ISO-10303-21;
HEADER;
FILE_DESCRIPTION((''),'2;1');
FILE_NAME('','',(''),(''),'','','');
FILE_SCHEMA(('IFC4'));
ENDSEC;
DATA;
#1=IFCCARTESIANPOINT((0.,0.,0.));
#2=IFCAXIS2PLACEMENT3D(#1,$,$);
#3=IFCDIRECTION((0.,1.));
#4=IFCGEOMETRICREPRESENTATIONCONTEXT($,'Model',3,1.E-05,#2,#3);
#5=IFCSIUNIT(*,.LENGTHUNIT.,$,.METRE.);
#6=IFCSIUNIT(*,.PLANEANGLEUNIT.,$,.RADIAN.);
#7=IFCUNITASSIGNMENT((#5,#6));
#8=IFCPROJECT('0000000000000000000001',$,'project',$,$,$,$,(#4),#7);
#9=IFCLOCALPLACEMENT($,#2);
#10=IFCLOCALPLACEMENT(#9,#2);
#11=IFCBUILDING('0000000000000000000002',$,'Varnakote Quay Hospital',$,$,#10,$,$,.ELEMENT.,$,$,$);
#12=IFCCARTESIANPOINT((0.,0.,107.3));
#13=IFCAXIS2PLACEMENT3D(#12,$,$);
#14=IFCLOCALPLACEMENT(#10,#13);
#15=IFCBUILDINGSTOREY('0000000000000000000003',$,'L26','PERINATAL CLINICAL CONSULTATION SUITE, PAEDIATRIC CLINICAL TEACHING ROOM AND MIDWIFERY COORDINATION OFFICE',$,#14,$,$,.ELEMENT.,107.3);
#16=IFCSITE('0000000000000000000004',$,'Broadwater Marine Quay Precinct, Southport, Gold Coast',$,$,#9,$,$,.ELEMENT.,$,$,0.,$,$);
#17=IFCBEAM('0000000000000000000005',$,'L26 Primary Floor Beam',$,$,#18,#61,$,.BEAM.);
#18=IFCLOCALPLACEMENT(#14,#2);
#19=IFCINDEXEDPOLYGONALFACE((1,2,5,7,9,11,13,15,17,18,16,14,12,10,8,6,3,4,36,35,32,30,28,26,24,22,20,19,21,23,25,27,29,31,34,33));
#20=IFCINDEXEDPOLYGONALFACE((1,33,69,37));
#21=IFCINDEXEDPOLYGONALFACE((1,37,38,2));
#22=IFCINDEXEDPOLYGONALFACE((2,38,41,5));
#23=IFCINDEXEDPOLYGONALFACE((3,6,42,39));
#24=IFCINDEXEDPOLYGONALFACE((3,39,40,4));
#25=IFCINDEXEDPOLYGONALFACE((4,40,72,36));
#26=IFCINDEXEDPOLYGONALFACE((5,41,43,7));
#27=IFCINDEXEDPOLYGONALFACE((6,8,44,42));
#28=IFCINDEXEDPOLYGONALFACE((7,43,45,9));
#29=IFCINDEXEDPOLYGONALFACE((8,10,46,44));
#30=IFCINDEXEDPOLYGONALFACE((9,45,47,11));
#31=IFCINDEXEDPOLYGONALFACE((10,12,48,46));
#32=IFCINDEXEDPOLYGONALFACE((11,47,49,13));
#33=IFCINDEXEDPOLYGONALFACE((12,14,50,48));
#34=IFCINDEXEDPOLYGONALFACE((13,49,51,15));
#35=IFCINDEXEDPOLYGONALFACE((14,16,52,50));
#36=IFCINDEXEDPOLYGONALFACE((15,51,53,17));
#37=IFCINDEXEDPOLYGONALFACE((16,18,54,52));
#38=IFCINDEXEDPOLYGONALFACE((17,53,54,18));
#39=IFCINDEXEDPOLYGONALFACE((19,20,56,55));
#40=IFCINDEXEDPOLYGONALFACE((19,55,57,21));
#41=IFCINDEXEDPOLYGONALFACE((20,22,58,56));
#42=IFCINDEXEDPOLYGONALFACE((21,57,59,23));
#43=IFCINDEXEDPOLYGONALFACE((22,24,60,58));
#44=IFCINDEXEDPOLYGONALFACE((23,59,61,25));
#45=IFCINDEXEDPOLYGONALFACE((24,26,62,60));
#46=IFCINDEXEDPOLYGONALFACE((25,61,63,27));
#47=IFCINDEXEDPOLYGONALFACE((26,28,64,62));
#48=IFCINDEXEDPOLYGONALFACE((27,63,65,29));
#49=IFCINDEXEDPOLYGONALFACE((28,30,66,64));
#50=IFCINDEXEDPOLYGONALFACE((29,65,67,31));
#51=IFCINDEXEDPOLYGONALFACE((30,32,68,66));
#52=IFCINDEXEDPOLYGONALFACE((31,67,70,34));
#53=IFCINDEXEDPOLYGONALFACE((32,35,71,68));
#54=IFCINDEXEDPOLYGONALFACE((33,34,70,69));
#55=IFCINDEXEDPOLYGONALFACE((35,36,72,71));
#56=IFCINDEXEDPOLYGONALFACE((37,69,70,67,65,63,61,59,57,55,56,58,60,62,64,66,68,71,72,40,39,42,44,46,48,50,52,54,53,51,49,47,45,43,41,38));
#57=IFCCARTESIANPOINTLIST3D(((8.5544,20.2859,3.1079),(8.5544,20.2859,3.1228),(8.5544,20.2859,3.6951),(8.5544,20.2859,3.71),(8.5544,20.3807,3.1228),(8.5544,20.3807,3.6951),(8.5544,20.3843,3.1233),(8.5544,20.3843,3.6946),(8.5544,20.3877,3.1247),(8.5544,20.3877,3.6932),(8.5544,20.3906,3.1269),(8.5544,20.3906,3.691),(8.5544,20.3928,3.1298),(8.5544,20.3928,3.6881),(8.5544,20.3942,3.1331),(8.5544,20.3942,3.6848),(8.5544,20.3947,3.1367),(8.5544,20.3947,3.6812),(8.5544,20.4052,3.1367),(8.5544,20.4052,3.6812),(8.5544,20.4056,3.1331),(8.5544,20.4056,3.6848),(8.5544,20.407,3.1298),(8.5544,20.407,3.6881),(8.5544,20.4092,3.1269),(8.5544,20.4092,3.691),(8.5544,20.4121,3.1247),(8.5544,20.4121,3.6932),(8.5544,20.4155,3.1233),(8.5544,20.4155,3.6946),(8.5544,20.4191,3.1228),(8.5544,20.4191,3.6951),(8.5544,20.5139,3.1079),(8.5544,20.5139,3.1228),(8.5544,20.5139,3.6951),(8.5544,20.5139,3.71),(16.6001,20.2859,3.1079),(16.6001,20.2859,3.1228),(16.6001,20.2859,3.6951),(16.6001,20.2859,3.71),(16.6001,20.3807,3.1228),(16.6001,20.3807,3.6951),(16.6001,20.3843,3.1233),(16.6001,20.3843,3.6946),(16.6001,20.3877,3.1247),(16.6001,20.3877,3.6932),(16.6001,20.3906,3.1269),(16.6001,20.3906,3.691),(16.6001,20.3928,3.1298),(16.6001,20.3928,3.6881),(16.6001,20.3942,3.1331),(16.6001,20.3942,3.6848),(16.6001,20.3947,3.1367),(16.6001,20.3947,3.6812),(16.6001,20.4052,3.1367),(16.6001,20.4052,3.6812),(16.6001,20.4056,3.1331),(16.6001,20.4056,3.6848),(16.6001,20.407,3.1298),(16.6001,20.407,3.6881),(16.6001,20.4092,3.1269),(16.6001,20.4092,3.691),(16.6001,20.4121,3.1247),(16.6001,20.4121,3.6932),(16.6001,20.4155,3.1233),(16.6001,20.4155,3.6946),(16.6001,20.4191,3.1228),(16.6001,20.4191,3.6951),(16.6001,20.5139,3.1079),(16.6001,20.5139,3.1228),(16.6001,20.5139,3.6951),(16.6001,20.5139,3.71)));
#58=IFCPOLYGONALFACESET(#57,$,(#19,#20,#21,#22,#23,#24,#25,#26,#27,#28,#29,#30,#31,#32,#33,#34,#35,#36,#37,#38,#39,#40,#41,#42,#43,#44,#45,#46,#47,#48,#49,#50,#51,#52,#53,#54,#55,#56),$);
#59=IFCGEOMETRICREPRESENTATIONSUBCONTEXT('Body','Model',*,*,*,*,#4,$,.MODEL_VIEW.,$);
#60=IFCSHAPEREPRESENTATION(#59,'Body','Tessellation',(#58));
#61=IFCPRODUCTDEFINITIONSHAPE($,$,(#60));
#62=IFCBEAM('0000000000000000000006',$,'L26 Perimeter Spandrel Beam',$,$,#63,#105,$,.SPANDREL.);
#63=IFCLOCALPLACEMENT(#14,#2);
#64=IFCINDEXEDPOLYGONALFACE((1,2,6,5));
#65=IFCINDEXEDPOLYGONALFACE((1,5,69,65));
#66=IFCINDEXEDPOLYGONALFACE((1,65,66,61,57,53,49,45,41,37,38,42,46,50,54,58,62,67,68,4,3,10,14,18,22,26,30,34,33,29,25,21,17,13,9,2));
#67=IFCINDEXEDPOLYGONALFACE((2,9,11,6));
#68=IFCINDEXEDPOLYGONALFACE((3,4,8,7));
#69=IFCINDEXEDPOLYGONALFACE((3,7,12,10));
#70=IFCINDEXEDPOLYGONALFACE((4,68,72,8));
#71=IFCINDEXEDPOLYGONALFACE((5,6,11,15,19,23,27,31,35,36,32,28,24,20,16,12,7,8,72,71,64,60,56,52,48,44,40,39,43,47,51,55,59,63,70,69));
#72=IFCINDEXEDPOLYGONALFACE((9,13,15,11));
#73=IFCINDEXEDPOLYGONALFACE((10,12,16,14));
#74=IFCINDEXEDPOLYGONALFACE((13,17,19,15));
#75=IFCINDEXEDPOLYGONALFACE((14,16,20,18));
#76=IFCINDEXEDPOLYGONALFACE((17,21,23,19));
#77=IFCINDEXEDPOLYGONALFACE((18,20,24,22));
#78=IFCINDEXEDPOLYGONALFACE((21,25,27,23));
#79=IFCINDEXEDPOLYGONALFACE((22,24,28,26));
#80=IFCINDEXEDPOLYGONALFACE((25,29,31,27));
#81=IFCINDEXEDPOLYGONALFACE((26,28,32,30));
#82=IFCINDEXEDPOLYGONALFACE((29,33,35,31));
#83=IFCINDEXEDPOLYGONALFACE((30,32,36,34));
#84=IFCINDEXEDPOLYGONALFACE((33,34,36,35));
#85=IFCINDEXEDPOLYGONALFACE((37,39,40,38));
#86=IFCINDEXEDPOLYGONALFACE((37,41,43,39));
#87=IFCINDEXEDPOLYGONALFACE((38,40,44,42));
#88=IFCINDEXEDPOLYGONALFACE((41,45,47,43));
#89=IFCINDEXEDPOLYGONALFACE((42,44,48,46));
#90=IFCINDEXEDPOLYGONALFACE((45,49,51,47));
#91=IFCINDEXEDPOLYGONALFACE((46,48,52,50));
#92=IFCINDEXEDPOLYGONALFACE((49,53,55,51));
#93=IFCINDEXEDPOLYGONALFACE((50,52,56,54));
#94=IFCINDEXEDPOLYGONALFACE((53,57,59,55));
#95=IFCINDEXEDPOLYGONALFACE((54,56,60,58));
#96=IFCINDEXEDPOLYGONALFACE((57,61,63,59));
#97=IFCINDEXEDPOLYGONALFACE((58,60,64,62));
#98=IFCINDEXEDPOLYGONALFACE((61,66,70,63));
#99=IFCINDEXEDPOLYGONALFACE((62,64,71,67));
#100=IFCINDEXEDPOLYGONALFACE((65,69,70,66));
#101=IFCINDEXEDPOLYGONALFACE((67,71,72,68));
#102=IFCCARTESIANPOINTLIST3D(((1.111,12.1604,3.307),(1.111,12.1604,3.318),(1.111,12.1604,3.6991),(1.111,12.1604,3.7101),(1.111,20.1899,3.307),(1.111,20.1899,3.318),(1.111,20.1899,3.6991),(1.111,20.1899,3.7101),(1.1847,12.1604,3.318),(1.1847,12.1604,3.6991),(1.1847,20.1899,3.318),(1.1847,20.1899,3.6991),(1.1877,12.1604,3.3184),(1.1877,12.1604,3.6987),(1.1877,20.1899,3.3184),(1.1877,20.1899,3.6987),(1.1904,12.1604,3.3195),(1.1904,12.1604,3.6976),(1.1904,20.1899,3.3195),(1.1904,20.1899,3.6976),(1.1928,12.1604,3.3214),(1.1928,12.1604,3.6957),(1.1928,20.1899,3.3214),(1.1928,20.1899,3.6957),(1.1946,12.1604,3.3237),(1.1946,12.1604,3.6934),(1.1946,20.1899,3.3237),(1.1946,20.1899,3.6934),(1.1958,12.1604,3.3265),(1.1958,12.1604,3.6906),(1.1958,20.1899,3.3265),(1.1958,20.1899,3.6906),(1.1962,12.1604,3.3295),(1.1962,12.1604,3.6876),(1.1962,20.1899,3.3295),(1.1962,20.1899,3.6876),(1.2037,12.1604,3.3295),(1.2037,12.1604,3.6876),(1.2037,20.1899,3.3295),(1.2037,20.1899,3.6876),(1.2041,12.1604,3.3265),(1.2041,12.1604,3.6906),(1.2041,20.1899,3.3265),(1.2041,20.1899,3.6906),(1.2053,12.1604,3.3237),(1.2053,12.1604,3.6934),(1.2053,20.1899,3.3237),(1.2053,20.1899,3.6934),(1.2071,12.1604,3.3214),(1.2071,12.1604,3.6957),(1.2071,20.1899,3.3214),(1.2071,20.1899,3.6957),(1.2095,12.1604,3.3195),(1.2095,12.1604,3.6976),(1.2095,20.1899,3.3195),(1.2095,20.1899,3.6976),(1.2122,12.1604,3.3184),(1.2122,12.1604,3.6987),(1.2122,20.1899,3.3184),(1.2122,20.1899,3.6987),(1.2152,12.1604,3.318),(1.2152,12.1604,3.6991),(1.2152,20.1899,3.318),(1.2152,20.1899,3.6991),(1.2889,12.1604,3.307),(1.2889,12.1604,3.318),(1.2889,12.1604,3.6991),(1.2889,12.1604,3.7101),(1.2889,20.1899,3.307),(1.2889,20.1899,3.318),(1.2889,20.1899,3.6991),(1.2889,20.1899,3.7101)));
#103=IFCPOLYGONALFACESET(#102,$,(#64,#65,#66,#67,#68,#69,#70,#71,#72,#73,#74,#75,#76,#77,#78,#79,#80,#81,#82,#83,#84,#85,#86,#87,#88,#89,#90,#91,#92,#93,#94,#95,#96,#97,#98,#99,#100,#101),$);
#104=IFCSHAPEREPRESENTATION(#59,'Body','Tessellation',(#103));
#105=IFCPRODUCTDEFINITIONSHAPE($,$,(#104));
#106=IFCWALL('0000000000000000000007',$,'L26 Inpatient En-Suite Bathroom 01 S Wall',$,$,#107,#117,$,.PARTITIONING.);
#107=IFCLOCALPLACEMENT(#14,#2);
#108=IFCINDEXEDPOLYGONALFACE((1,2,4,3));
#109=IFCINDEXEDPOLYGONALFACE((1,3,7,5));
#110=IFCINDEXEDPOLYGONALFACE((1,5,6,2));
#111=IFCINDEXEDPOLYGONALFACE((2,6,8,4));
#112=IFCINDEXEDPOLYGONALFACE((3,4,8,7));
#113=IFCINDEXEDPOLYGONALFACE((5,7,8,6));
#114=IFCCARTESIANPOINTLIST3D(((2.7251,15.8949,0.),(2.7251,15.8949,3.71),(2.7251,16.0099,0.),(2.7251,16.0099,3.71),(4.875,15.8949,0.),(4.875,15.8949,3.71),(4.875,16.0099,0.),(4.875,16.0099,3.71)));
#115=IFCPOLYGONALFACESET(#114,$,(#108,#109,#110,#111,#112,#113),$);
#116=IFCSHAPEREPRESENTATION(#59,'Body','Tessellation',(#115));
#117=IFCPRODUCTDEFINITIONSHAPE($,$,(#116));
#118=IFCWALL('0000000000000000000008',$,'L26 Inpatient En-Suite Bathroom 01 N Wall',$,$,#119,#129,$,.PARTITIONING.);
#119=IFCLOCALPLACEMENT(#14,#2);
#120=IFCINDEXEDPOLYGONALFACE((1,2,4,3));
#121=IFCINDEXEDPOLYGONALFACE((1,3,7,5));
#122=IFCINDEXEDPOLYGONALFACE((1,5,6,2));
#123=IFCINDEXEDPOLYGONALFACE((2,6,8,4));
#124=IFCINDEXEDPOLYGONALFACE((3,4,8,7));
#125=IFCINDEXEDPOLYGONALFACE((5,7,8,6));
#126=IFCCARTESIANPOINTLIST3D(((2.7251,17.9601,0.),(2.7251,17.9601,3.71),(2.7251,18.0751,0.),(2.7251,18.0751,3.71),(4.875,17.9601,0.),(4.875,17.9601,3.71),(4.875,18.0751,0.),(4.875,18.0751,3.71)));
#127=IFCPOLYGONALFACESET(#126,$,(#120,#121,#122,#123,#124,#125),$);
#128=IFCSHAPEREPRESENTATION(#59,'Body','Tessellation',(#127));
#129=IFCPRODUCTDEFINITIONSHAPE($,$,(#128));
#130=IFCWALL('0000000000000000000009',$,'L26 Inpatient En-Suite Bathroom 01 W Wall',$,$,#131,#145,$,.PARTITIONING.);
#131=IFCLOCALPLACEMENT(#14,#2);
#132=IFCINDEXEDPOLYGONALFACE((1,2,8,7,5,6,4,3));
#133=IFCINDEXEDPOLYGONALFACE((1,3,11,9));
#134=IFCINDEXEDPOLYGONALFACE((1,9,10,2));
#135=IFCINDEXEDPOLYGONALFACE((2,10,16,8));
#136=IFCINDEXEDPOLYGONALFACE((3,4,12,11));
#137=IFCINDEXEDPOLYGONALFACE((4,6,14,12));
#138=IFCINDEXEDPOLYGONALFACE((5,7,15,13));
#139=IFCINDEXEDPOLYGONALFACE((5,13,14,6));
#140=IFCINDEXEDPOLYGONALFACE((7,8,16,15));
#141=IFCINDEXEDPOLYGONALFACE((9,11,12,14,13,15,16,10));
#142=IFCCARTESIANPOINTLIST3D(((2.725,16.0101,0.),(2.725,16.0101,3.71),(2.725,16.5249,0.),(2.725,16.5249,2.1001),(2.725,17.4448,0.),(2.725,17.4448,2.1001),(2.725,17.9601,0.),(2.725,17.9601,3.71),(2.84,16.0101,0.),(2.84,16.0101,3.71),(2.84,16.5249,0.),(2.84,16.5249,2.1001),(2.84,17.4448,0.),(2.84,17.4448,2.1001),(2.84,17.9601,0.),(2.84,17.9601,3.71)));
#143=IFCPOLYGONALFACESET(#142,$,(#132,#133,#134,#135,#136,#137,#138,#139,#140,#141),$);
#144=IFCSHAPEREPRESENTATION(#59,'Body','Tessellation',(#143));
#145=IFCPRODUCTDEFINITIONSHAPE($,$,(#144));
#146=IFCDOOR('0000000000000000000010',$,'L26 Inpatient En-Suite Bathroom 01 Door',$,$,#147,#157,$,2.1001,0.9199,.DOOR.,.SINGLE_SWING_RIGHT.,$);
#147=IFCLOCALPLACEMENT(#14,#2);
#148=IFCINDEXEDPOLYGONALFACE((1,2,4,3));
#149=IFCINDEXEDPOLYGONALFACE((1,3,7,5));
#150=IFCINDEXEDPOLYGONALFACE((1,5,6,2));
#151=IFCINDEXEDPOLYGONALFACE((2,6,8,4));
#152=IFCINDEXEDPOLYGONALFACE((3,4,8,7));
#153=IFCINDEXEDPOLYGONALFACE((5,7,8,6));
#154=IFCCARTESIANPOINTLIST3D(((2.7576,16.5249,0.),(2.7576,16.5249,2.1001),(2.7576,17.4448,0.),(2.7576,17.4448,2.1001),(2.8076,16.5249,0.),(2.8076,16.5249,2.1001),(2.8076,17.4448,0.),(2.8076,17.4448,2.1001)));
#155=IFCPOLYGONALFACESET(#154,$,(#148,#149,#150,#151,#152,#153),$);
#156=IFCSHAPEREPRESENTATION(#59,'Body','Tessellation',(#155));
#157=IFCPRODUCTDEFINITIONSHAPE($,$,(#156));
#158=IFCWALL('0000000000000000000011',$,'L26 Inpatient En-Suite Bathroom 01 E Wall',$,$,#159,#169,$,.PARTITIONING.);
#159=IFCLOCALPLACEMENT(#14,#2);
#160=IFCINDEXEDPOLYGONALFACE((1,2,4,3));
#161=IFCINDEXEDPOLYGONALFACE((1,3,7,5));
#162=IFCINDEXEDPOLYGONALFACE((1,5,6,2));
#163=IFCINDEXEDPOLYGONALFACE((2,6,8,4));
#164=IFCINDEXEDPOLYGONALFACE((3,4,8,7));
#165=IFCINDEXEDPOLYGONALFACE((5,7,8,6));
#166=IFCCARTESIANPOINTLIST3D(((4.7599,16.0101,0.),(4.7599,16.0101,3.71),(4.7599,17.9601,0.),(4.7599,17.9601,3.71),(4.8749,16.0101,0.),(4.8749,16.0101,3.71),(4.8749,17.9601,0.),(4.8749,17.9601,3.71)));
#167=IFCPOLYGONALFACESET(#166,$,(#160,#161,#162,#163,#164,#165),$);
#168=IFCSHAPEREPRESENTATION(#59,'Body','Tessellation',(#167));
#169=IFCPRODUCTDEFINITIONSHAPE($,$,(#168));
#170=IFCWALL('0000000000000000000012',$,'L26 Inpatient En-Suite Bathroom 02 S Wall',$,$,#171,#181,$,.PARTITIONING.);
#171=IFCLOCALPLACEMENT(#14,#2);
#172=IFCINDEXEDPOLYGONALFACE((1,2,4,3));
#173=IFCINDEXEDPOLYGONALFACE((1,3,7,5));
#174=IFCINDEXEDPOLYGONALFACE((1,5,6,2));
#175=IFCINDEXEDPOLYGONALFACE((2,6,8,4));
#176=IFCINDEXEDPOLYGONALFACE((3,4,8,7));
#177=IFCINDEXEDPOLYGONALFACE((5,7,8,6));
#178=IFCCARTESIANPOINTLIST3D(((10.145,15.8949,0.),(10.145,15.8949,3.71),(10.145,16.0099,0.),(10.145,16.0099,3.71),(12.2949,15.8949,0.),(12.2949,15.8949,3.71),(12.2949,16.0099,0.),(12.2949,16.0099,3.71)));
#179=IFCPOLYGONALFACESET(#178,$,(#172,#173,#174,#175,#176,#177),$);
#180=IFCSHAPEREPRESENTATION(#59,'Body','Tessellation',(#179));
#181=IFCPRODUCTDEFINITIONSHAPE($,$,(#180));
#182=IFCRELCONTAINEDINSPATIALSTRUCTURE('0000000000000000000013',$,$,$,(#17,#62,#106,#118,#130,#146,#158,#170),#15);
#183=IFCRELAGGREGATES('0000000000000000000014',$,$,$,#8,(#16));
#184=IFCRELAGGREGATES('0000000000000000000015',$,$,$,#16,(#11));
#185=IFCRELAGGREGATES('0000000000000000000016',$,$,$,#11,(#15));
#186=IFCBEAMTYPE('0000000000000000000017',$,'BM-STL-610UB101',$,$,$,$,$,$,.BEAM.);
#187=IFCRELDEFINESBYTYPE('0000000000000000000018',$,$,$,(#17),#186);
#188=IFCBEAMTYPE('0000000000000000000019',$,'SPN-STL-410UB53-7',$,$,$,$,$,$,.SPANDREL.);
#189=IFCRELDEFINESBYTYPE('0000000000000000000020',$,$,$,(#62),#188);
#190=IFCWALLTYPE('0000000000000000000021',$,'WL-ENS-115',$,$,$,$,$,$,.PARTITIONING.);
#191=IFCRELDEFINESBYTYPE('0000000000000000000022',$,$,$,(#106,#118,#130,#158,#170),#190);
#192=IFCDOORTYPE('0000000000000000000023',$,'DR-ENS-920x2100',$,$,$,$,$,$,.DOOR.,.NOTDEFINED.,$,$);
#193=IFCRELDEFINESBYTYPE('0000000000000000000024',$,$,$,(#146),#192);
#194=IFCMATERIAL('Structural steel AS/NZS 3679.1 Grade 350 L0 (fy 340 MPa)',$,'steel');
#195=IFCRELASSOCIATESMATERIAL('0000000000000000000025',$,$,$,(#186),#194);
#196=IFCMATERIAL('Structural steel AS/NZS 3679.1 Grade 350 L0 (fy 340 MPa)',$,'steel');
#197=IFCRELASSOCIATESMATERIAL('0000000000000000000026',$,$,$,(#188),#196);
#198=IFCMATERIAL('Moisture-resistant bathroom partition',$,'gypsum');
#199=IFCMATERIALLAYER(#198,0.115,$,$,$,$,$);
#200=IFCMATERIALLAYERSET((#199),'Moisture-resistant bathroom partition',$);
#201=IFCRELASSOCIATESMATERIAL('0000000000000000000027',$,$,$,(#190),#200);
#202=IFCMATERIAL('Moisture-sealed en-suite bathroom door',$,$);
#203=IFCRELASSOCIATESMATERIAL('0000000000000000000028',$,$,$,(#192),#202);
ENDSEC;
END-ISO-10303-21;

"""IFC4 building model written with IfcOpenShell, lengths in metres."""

from ifc_helpers import new_model, si_unit, direction, frame, frame_2d, origin, origin_2d, place, context, subcontext, project, spatial, rectangle, i_section, extrude, material, layer, layer_set, material_profile, profile_set, type_object, element, fill, save


model = new_model("IFC4")

# Units and contexts
model_context = context("Model", 3, precision=1e-05, world=origin(), true_north=direction((0.0, 1.0)))
body_context = subcontext(model_context, "Body", "Model", "MODEL_VIEW")
ifc_project = project(units=[si_unit("LENGTHUNIT", "METRE"), si_unit("PLANEANGLEUNIT", "RADIAN")], contexts=[model_context])

# Site, building, storey
site_placement = place(None, origin())
site = spatial("IfcSite", under=ifc_project, at=site_placement, Name="Broadwater Marine Quay Precinct, Southport, Gold Coast", CompositionType="ELEMENT", RefElevation=0.0)
building_placement = place(site_placement, origin())
building = spatial("IfcBuilding", under=site, at=building_placement, Name="Varnakote Quay Hospital", CompositionType="ELEMENT")
storey_placement = place(building_placement, frame((0.0, 0.0, 107.3)))
storey = spatial("IfcBuildingStorey", under=building, at=storey_placement, Name="L26", Description="PERINATAL CLINICAL CONSULTATION SUITE, PAEDIATRIC CLINICAL TEACHING ROOM AND MIDWIFERY COORDINATION OFFICE", CompositionType="ELEMENT", Elevation=107.3)

# Beams
ifc_material_1 = material(Name="Structural steel AS/NZS 3679.1 Grade 350 L0 (fy 340 MPa)", Category="steel")
ifc_material_profile_1 = material_profile(ifc_material_1, i_section(OverallWidth=0.228, OverallDepth=0.6021, WebThickness=0.0105, FlangeThickness=0.0149, FilletRadius=0.0139, at=origin_2d()), Name="610UB101")
ifc_profile_set_1 = profile_set([ifc_material_profile_1], Name="Structural steel AS/NZS 3679.1 Grade 350 L0 (fy 340 MPa)")
beam_type_1 = type_object("IfcBeamType", Name="BM-STL-610UB101", PredefinedType="BEAM", material=ifc_profile_set_1)
beam_1_placement = place(storey_placement, frame((8.5544, 20.3999, 3.4089), z_axis=(1.0, 0.0, 0.0), x_axis=(0.0, 1.0, 0.0)))
element("IfcBeam", 1, at=beam_1_placement, inside=storey, type_object=beam_type_1, Name="L26 Primary Floor Beam", PredefinedType="BEAM", context=body_context, shape_type="SweptSolid", body=[
    extrude(i_section(OverallWidth=0.228, OverallDepth=0.6021, WebThickness=0.0105, FlangeThickness=0.0149, FilletRadius=0.0139, at=origin_2d()), origin(), (0.0, 0.0, 1.0), 8.0457),
])
ifc_material_2 = material(Name="Structural steel AS/NZS 3679.1 Grade 350 L0 (fy 340 MPa)", Category="steel")
ifc_material_profile_2 = material_profile(ifc_material_2, i_section(OverallWidth=0.178, OverallDepth=0.4031, WebThickness=0.0076, FlangeThickness=0.011, FilletRadius=0.0115, at=origin_2d()), Name="410UB53.7")
ifc_profile_set_2 = profile_set([ifc_material_profile_2], Name="Structural steel AS/NZS 3679.1 Grade 350 L0 (fy 340 MPa)")
beam_type_2 = type_object("IfcBeamType", Name="SPN-STL-410UB53-7", PredefinedType="SPANDREL", material=ifc_profile_set_2)
beam_2_placement = place(storey_placement, frame((1.2, 12.1604, 3.5085), z_axis=(0.0, 1.0, 0.0), x_axis=(-1.0, 0.0, 0.0)))
element("IfcBeam", 2, at=beam_2_placement, inside=storey, type_object=beam_type_2, Name="L26 Perimeter Spandrel Beam", PredefinedType="SPANDREL", context=body_context, shape_type="SweptSolid", body=[
    extrude(i_section(OverallWidth=0.178, OverallDepth=0.4031, WebThickness=0.0076, FlangeThickness=0.011, FilletRadius=0.0115, at=origin_2d()), origin(), (0.0, 0.0, 1.0), 8.0295),
])

# Walls
ifc_material_3 = material(Name="Moisture-resistant bathroom partition", Category="gypsum")
ifc_layer_1 = layer(ifc_material_3, 0.115)
ifc_layer_set_1 = layer_set([ifc_layer_1], Name="Moisture-resistant bathroom partition")
wall_type_1 = type_object("IfcWallType", Name="WL-ENS-115", PredefinedType="PARTITIONING", material=ifc_layer_set_1)
for number, where, z_axis, x_axis, name in (
    (3, (2.7251, 15.9524, 0.0), (0.0, 0.0, 1.0), (1.0, 0.0, 0.0), "L26 Inpatient En-Suite Bathroom 01 S Wall"),
    (4, (2.7251, 18.0176, 0.0), (0.0, 0.0, 1.0), (1.0, 0.0, 0.0), "L26 Inpatient En-Suite Bathroom 01 N Wall"),
):
    element("IfcWall", number, at=place(storey_placement, frame(where, z_axis=z_axis, x_axis=x_axis)), inside=storey, type_object=wall_type_1, Name=name, PredefinedType="PARTITIONING", context=body_context, shape_type="SweptSolid", body=[
        extrude(rectangle(XDim=2.1499, YDim=0.115, at=frame_2d((1.075, 0.0))), origin(), (0.0, 0.0, 1.0), 3.71),
    ])

# Wall, opening, door
wall_1_placement = place(storey_placement, frame((2.7825, 16.01, 0.0), z_axis=(0.0, 0.0, 1.0), x_axis=(0.0, 1.0, 0.0)))
wall_1 = element("IfcWall", 5, at=wall_1_placement, inside=storey, type_object=wall_type_1, Name="L26 Inpatient En-Suite Bathroom 01 W Wall", PredefinedType="PARTITIONING", context=body_context, shape_type="SweptSolid", body=[
    extrude(rectangle(XDim=1.95, YDim=0.115, at=frame_2d((0.9751, 0.0))), origin(), (0.0, 0.0, 1.0), 3.71),
])
opening_1_placement = place(wall_1_placement, frame((0.5149, 0.0, 0.0)))
opening_1 = element("IfcOpeningElement", 6, at=opening_1_placement, cuts=wall_1, PredefinedType="OPENING", context=body_context, shape_type="SweptSolid", body=[
    extrude(rectangle(XDim=0.9199, YDim=2.1001, at=frame_2d((0.46, 1.05))), frame((0.0, 0.0674, 0.0), z_axis=(0.0, -1.0, 0.0), x_axis=(1.0, 0.0, 0.0)), (0.0, 0.0, 1.0), 0.135),
])
ifc_material_4 = material(Name="Moisture-sealed en-suite bathroom door")
door_type_1 = type_object("IfcDoorType", Name="DR-ENS-920x2100", OperationType="NOTDEFINED", PredefinedType="DOOR", material=ifc_material_4)
door_1_placement = place(opening_1_placement, origin())
door_1 = element("IfcDoor", 7, at=door_1_placement, inside=storey, type_object=door_type_1, Name="L26 Inpatient En-Suite Bathroom 01 Door", OperationType="SINGLE_SWING_RIGHT", OverallHeight=2.1001, OverallWidth=0.9199, PredefinedType="DOOR", context=body_context, shape_type="SweptSolid", body=[
    extrude(rectangle(XDim=0.9199, YDim=2.1001, at=frame_2d((0.46, 1.05))), frame((0.0, 0.0249, 0.0), z_axis=(0.0, -1.0, 0.0), x_axis=(1.0, 0.0, 0.0)), (0.0, 0.0, 1.0), 0.05),
])
fill(opening_1, door_1)

# Walls
wall_2_placement = place(storey_placement, frame((4.8174, 16.01, 0.0), z_axis=(0.0, 0.0, 1.0), x_axis=(0.0, 1.0, 0.0)))
element("IfcWall", 8, at=wall_2_placement, inside=storey, type_object=wall_type_1, Name="L26 Inpatient En-Suite Bathroom 01 E Wall", PredefinedType="PARTITIONING", context=body_context, shape_type="SweptSolid", body=[
    extrude(rectangle(XDim=1.95, YDim=0.115, at=frame_2d((0.9751, 0.0))), origin(), (0.0, 0.0, 1.0), 3.71),
])
wall_3_placement = place(storey_placement, frame((10.145, 15.9524, 0.0), z_axis=(0.0, 0.0, 1.0), x_axis=(1.0, 0.0, 0.0)))
element("IfcWall", 9, at=wall_3_placement, inside=storey, type_object=wall_type_1, Name="L26 Inpatient En-Suite Bathroom 02 S Wall", PredefinedType="PARTITIONING", context=body_context, shape_type="SweptSolid", body=[
    extrude(rectangle(XDim=2.1499, YDim=0.115, at=frame_2d((1.075, 0.0))), origin(), (0.0, 0.0, 1.0), 3.71),
])

save(model, "model.ifc")
